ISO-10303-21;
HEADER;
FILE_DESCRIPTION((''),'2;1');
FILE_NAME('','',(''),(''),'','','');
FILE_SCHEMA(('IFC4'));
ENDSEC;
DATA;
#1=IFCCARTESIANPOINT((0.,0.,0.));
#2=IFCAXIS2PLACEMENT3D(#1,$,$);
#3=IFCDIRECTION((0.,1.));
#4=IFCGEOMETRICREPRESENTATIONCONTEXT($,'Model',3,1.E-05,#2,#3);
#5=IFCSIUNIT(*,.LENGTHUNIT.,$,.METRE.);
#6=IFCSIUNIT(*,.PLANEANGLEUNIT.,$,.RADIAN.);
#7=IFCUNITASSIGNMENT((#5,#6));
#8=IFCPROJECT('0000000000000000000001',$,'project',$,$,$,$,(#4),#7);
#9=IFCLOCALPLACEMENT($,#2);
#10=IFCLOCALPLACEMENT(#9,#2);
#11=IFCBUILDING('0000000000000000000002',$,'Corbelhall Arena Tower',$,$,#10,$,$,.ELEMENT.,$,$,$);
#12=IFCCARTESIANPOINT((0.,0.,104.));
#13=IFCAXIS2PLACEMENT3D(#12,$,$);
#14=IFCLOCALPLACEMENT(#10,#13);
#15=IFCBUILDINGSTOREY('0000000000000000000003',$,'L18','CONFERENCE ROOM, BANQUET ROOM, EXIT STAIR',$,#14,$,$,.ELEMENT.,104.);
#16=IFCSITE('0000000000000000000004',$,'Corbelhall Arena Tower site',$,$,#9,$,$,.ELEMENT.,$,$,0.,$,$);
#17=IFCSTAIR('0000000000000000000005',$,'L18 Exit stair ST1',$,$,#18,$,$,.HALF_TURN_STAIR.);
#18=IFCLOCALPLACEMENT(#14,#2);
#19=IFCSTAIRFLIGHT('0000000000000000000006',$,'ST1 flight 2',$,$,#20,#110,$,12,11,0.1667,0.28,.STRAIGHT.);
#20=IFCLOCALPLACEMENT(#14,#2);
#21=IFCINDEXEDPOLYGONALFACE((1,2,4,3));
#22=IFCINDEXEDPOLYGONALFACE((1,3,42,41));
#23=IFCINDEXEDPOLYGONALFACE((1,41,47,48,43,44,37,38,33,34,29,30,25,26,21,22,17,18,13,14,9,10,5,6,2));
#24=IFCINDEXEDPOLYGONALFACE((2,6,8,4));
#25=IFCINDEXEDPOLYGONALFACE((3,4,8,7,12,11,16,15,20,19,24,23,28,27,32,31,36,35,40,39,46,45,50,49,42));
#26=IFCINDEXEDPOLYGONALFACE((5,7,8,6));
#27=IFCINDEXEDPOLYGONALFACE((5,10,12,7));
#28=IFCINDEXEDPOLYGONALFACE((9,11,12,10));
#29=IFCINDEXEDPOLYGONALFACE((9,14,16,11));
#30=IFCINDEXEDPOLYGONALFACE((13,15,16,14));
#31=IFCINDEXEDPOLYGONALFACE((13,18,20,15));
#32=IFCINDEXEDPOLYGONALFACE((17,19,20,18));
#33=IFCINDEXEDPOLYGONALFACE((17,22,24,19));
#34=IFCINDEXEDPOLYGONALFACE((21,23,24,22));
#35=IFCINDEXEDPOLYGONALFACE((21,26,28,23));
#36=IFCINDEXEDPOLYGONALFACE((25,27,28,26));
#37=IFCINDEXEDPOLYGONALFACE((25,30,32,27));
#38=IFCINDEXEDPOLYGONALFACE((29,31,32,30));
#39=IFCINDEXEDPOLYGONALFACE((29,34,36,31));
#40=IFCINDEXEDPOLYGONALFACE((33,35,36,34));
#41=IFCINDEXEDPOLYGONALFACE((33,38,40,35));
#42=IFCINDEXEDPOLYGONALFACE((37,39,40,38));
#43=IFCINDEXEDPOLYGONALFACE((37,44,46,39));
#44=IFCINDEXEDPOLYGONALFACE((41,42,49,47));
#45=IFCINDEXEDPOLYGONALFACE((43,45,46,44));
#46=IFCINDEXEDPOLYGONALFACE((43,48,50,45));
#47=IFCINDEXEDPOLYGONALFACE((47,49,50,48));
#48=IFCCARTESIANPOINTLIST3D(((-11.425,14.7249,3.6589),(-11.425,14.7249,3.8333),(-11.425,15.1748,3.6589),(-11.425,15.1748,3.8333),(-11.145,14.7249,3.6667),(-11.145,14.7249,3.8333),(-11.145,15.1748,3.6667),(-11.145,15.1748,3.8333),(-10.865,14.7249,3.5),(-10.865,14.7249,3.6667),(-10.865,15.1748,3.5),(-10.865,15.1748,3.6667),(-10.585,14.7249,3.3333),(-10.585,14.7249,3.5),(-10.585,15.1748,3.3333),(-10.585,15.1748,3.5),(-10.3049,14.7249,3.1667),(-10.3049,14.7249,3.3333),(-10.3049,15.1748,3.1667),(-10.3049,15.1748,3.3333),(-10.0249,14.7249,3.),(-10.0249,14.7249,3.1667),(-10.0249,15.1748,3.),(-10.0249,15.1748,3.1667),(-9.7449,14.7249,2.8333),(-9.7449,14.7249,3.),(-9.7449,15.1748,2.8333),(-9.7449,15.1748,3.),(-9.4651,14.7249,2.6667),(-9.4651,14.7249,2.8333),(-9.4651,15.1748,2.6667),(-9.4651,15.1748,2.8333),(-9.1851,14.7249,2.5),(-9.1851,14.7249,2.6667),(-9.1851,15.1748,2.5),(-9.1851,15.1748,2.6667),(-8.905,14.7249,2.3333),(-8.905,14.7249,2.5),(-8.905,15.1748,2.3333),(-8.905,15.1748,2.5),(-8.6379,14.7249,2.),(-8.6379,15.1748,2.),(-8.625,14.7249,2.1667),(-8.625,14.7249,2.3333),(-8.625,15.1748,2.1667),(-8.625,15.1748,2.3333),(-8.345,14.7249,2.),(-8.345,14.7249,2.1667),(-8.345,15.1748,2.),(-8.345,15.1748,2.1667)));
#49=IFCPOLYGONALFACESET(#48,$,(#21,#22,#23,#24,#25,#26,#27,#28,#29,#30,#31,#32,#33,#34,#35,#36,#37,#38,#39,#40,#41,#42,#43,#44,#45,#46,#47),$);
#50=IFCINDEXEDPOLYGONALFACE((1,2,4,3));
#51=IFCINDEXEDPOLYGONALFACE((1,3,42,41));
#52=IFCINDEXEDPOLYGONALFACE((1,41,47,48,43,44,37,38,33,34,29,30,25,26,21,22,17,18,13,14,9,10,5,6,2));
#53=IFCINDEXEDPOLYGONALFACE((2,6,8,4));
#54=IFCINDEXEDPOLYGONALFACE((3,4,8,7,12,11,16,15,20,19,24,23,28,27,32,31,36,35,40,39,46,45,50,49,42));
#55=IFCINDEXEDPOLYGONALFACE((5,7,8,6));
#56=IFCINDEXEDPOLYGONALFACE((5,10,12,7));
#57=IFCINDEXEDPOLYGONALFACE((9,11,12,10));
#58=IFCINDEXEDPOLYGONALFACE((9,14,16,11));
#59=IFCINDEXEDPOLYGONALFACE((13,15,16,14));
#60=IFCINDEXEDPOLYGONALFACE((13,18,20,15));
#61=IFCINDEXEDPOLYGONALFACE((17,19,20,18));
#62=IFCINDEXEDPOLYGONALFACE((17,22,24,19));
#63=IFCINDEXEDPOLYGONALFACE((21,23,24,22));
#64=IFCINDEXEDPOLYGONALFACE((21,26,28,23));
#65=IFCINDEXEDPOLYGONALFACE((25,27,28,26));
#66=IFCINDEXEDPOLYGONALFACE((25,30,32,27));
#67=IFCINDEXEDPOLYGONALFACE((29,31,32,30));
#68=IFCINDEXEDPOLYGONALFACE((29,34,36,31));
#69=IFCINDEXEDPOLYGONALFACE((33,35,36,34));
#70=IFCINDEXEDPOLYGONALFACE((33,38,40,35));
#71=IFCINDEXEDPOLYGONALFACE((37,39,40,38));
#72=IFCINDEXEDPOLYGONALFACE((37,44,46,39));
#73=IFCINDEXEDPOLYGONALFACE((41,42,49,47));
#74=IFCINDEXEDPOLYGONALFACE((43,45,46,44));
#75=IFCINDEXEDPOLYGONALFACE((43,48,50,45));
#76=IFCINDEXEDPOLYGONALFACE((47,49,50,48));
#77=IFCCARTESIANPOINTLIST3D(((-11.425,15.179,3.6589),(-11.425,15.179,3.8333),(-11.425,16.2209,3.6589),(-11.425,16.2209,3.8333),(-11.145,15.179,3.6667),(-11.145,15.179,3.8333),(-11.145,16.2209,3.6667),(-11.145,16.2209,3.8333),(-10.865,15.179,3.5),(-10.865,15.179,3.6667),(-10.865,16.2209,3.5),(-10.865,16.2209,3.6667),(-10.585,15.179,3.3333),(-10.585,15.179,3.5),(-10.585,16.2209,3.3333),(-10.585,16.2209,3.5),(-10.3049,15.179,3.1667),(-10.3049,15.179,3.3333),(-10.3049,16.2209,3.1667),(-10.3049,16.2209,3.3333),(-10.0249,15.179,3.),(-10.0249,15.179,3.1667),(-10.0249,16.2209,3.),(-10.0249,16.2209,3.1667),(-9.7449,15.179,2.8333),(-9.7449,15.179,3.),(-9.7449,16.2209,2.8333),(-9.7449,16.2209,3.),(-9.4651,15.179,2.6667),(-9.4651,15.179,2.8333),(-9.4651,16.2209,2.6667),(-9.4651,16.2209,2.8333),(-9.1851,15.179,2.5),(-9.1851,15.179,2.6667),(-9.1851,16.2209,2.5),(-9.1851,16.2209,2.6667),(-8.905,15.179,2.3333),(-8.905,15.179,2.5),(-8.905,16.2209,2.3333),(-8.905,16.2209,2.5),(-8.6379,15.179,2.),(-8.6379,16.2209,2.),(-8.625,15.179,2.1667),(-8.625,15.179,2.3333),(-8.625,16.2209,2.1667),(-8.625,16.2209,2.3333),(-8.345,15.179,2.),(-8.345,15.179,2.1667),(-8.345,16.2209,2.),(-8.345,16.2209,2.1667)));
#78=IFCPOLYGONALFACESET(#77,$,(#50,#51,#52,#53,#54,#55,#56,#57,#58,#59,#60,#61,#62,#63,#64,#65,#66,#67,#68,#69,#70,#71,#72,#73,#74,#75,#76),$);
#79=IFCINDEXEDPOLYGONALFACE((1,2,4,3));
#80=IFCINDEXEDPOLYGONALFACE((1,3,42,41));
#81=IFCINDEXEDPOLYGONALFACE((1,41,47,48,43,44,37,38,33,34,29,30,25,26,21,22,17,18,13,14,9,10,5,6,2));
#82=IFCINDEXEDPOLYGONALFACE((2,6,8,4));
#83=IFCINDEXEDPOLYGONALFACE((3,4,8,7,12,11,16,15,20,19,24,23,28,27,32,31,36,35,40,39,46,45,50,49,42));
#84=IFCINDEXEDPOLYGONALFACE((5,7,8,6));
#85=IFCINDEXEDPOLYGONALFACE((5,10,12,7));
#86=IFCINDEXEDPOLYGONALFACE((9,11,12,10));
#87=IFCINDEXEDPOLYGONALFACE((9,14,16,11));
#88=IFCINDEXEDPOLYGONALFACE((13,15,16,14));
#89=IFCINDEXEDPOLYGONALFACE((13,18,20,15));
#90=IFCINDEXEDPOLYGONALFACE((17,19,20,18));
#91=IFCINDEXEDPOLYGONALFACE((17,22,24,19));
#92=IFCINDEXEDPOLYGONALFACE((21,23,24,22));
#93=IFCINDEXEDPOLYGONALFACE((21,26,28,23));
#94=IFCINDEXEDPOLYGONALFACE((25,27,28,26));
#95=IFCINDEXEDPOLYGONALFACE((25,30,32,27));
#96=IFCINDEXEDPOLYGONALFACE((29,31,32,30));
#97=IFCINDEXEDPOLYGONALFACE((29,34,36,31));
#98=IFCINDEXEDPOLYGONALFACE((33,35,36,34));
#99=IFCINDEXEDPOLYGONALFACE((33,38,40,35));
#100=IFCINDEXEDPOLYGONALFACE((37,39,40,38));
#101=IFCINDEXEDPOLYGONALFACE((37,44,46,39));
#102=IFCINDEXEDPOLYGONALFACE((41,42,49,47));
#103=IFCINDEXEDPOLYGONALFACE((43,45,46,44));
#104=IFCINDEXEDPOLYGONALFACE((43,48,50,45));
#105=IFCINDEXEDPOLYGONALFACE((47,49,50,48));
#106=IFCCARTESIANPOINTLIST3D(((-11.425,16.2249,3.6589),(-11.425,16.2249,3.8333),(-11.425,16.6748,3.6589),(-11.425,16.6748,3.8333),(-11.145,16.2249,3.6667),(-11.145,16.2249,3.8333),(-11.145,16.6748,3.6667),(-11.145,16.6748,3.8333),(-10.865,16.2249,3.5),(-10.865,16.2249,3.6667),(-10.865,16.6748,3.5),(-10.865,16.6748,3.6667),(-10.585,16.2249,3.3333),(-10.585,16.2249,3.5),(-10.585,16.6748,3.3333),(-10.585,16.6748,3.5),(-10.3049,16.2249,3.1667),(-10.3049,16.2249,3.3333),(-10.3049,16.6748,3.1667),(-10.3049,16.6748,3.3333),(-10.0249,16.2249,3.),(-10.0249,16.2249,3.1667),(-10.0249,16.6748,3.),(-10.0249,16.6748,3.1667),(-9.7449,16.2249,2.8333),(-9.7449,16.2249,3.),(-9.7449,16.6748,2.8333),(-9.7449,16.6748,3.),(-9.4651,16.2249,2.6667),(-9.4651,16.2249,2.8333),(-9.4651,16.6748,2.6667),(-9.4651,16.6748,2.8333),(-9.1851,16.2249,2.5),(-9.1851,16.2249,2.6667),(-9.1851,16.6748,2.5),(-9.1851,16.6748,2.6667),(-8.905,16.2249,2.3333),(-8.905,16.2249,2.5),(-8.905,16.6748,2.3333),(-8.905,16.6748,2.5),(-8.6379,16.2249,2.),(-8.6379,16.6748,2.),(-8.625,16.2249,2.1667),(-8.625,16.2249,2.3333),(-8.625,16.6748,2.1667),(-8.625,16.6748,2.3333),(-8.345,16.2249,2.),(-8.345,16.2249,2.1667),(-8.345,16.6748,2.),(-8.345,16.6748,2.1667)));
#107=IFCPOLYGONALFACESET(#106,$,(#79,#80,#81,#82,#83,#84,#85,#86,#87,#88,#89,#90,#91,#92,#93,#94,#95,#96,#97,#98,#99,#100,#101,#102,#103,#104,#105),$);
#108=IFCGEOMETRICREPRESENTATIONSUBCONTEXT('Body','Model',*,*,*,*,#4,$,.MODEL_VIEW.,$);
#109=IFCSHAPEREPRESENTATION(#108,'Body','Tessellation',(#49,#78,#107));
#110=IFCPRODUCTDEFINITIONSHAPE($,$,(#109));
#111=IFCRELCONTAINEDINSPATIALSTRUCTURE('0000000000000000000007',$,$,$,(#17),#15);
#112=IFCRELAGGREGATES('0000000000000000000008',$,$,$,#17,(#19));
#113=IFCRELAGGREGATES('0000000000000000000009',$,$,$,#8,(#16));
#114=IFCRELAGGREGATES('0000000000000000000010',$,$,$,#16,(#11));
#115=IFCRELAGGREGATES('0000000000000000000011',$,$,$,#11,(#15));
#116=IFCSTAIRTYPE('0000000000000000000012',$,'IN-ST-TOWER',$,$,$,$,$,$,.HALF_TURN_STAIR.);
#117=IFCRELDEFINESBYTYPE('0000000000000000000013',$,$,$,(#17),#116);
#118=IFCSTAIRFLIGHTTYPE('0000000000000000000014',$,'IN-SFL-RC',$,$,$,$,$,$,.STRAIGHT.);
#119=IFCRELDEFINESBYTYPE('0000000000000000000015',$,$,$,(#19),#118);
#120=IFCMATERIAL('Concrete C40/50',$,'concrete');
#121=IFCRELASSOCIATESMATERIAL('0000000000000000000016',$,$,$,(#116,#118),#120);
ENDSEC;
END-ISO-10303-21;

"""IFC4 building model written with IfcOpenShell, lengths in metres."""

from ifc_helpers import new_model, si_unit, direction, frame, origin, place, context, subcontext, project, spatial, polyline, outline, extrude, material, type_object, element, aggregate, save


model = new_model("IFC4")

# Units and contexts
model_context = context("Model", 3, precision=1e-05, world=origin(), true_north=direction((0.0, 1.0)))
body_context = subcontext(model_context, "Body", "Model", "MODEL_VIEW")
ifc_project = project(units=[si_unit("LENGTHUNIT", "METRE"), si_unit("PLANEANGLEUNIT", "RADIAN")], contexts=[model_context])

# Site, building, storey
site_placement = place(None, origin())
site = spatial("IfcSite", under=ifc_project, at=site_placement, Name="Corbelhall Arena Tower site", CompositionType="ELEMENT", RefElevation=0.0)
building_placement = place(site_placement, origin())
building = spatial("IfcBuilding", under=site, at=building_placement, Name="Corbelhall Arena Tower", CompositionType="ELEMENT")
storey_placement = place(building_placement, frame((0.0, 0.0, 104.0)))
storey = spatial("IfcBuildingStorey", under=building, at=storey_placement, Name="L18", Description="CONFERENCE ROOM, BANQUET ROOM, EXIT STAIR", CompositionType="ELEMENT", Elevation=104.0)

# Shared definitions
ifc_material_1 = material(Name="Concrete C40/50", Category="concrete")

# Stair, stair flight
stair_type = type_object("IfcStairType", Name="IN-ST-TOWER", PredefinedType="HALF_TURN_STAIR", material=ifc_material_1)
stair_placement = place(storey_placement, origin())
stair = element("IfcStair", 1, at=stair_placement, inside=storey, type_object=stair_type, Name="L18 Exit stair ST1", PredefinedType="HALF_TURN_STAIR")
stair_flight_type = type_object("IfcStairFlightType", Name="IN-SFL-RC", PredefinedType="STRAIGHT", material=ifc_material_1)
stair_flight_placement = place(storey_placement, frame((-8.345, 15.7, 2.0), z_axis=(0.0, 0.0, 1.0), x_axis=(-1.0, 0.0, 0.0)))
stair_flight = element("IfcStairFlight", 2, at=stair_flight_placement, type_object=stair_flight_type, Name="ST1 flight 2", NumberOfRisers=12, NumberOfTreads=11, PredefinedType="STRAIGHT", RiserHeight=0.1667, TreadLength=0.28, context=body_context, shape_type="SweptSolid", body=[
    extrude(outline(polyline([(0.0, 0.0), (0.0, 0.1667), (0.28, 0.1667), (0.28, 0.3333), (0.5601, 0.3333), (0.5601, 0.5), (0.8401, 0.5), (0.8401, 0.6667), (1.1201, 0.6667), (1.1201, 0.8333), (1.3999, 0.8333), (1.3999, 1.0), (1.6799, 1.0), (1.6799, 1.1667), (1.96, 1.1667), (1.96, 1.3333), (2.24, 1.3333), (2.24, 1.5), (2.52, 1.5), (2.52, 1.6667), (2.8, 1.6667), (2.8, 1.8333), (3.0801, 1.8333), (3.0801, 2.0), (3.0801, 1.6589), (0.293, 0.0), (0.0, 0.0)])), frame((0.0, 0.9751, 0.0), z_axis=(0.0, -1.0, 0.0), x_axis=(1.0, 0.0, 0.0)), (0.0, 0.0, 1.0), 0.45),
    extrude(outline(polyline([(0.0, 0.0), (0.0, 0.1667), (0.28, 0.1667), (0.28, 0.3333), (0.5601, 0.3333), (0.5601, 0.5), (0.8401, 0.5), (0.8401, 0.6667), (1.1201, 0.6667), (1.1201, 0.8333), (1.3999, 0.8333), (1.3999, 1.0), (1.6799, 1.0), (1.6799, 1.1667), (1.96, 1.1667), (1.96, 1.3333), (2.24, 1.3333), (2.24, 1.5), (2.52, 1.5), (2.52, 1.6667), (2.8, 1.6667), (2.8, 1.8333), (3.0801, 1.8333), (3.0801, 2.0), (3.0801, 1.6589), (0.293, 0.0), (0.0, 0.0)])), frame((0.0, 0.521, 0.0), z_axis=(0.0, -1.0, 0.0), x_axis=(1.0, 0.0, 0.0)), (0.0, 0.0, 1.0), 1.042),
    extrude(outline(polyline([(0.0, 0.0), (0.0, 0.1667), (0.28, 0.1667), (0.28, 0.3333), (0.5601, 0.3333), (0.5601, 0.5), (0.8401, 0.5), (0.8401, 0.6667), (1.1201, 0.6667), (1.1201, 0.8333), (1.3999, 0.8333), (1.3999, 1.0), (1.6799, 1.0), (1.6799, 1.1667), (1.96, 1.1667), (1.96, 1.3333), (2.24, 1.3333), (2.24, 1.5), (2.52, 1.5), (2.52, 1.6667), (2.8, 1.6667), (2.8, 1.8333), (3.0801, 1.8333), (3.0801, 2.0), (3.0801, 1.6589), (0.293, 0.0), (0.0, 0.0)])), frame((0.0, -0.5249, 0.0), z_axis=(0.0, -1.0, 0.0), x_axis=(1.0, 0.0, 0.0)), (0.0, 0.0, 1.0), 0.45),
])
aggregate(stair, [stair_flight])

save(model, "model.ifc")
